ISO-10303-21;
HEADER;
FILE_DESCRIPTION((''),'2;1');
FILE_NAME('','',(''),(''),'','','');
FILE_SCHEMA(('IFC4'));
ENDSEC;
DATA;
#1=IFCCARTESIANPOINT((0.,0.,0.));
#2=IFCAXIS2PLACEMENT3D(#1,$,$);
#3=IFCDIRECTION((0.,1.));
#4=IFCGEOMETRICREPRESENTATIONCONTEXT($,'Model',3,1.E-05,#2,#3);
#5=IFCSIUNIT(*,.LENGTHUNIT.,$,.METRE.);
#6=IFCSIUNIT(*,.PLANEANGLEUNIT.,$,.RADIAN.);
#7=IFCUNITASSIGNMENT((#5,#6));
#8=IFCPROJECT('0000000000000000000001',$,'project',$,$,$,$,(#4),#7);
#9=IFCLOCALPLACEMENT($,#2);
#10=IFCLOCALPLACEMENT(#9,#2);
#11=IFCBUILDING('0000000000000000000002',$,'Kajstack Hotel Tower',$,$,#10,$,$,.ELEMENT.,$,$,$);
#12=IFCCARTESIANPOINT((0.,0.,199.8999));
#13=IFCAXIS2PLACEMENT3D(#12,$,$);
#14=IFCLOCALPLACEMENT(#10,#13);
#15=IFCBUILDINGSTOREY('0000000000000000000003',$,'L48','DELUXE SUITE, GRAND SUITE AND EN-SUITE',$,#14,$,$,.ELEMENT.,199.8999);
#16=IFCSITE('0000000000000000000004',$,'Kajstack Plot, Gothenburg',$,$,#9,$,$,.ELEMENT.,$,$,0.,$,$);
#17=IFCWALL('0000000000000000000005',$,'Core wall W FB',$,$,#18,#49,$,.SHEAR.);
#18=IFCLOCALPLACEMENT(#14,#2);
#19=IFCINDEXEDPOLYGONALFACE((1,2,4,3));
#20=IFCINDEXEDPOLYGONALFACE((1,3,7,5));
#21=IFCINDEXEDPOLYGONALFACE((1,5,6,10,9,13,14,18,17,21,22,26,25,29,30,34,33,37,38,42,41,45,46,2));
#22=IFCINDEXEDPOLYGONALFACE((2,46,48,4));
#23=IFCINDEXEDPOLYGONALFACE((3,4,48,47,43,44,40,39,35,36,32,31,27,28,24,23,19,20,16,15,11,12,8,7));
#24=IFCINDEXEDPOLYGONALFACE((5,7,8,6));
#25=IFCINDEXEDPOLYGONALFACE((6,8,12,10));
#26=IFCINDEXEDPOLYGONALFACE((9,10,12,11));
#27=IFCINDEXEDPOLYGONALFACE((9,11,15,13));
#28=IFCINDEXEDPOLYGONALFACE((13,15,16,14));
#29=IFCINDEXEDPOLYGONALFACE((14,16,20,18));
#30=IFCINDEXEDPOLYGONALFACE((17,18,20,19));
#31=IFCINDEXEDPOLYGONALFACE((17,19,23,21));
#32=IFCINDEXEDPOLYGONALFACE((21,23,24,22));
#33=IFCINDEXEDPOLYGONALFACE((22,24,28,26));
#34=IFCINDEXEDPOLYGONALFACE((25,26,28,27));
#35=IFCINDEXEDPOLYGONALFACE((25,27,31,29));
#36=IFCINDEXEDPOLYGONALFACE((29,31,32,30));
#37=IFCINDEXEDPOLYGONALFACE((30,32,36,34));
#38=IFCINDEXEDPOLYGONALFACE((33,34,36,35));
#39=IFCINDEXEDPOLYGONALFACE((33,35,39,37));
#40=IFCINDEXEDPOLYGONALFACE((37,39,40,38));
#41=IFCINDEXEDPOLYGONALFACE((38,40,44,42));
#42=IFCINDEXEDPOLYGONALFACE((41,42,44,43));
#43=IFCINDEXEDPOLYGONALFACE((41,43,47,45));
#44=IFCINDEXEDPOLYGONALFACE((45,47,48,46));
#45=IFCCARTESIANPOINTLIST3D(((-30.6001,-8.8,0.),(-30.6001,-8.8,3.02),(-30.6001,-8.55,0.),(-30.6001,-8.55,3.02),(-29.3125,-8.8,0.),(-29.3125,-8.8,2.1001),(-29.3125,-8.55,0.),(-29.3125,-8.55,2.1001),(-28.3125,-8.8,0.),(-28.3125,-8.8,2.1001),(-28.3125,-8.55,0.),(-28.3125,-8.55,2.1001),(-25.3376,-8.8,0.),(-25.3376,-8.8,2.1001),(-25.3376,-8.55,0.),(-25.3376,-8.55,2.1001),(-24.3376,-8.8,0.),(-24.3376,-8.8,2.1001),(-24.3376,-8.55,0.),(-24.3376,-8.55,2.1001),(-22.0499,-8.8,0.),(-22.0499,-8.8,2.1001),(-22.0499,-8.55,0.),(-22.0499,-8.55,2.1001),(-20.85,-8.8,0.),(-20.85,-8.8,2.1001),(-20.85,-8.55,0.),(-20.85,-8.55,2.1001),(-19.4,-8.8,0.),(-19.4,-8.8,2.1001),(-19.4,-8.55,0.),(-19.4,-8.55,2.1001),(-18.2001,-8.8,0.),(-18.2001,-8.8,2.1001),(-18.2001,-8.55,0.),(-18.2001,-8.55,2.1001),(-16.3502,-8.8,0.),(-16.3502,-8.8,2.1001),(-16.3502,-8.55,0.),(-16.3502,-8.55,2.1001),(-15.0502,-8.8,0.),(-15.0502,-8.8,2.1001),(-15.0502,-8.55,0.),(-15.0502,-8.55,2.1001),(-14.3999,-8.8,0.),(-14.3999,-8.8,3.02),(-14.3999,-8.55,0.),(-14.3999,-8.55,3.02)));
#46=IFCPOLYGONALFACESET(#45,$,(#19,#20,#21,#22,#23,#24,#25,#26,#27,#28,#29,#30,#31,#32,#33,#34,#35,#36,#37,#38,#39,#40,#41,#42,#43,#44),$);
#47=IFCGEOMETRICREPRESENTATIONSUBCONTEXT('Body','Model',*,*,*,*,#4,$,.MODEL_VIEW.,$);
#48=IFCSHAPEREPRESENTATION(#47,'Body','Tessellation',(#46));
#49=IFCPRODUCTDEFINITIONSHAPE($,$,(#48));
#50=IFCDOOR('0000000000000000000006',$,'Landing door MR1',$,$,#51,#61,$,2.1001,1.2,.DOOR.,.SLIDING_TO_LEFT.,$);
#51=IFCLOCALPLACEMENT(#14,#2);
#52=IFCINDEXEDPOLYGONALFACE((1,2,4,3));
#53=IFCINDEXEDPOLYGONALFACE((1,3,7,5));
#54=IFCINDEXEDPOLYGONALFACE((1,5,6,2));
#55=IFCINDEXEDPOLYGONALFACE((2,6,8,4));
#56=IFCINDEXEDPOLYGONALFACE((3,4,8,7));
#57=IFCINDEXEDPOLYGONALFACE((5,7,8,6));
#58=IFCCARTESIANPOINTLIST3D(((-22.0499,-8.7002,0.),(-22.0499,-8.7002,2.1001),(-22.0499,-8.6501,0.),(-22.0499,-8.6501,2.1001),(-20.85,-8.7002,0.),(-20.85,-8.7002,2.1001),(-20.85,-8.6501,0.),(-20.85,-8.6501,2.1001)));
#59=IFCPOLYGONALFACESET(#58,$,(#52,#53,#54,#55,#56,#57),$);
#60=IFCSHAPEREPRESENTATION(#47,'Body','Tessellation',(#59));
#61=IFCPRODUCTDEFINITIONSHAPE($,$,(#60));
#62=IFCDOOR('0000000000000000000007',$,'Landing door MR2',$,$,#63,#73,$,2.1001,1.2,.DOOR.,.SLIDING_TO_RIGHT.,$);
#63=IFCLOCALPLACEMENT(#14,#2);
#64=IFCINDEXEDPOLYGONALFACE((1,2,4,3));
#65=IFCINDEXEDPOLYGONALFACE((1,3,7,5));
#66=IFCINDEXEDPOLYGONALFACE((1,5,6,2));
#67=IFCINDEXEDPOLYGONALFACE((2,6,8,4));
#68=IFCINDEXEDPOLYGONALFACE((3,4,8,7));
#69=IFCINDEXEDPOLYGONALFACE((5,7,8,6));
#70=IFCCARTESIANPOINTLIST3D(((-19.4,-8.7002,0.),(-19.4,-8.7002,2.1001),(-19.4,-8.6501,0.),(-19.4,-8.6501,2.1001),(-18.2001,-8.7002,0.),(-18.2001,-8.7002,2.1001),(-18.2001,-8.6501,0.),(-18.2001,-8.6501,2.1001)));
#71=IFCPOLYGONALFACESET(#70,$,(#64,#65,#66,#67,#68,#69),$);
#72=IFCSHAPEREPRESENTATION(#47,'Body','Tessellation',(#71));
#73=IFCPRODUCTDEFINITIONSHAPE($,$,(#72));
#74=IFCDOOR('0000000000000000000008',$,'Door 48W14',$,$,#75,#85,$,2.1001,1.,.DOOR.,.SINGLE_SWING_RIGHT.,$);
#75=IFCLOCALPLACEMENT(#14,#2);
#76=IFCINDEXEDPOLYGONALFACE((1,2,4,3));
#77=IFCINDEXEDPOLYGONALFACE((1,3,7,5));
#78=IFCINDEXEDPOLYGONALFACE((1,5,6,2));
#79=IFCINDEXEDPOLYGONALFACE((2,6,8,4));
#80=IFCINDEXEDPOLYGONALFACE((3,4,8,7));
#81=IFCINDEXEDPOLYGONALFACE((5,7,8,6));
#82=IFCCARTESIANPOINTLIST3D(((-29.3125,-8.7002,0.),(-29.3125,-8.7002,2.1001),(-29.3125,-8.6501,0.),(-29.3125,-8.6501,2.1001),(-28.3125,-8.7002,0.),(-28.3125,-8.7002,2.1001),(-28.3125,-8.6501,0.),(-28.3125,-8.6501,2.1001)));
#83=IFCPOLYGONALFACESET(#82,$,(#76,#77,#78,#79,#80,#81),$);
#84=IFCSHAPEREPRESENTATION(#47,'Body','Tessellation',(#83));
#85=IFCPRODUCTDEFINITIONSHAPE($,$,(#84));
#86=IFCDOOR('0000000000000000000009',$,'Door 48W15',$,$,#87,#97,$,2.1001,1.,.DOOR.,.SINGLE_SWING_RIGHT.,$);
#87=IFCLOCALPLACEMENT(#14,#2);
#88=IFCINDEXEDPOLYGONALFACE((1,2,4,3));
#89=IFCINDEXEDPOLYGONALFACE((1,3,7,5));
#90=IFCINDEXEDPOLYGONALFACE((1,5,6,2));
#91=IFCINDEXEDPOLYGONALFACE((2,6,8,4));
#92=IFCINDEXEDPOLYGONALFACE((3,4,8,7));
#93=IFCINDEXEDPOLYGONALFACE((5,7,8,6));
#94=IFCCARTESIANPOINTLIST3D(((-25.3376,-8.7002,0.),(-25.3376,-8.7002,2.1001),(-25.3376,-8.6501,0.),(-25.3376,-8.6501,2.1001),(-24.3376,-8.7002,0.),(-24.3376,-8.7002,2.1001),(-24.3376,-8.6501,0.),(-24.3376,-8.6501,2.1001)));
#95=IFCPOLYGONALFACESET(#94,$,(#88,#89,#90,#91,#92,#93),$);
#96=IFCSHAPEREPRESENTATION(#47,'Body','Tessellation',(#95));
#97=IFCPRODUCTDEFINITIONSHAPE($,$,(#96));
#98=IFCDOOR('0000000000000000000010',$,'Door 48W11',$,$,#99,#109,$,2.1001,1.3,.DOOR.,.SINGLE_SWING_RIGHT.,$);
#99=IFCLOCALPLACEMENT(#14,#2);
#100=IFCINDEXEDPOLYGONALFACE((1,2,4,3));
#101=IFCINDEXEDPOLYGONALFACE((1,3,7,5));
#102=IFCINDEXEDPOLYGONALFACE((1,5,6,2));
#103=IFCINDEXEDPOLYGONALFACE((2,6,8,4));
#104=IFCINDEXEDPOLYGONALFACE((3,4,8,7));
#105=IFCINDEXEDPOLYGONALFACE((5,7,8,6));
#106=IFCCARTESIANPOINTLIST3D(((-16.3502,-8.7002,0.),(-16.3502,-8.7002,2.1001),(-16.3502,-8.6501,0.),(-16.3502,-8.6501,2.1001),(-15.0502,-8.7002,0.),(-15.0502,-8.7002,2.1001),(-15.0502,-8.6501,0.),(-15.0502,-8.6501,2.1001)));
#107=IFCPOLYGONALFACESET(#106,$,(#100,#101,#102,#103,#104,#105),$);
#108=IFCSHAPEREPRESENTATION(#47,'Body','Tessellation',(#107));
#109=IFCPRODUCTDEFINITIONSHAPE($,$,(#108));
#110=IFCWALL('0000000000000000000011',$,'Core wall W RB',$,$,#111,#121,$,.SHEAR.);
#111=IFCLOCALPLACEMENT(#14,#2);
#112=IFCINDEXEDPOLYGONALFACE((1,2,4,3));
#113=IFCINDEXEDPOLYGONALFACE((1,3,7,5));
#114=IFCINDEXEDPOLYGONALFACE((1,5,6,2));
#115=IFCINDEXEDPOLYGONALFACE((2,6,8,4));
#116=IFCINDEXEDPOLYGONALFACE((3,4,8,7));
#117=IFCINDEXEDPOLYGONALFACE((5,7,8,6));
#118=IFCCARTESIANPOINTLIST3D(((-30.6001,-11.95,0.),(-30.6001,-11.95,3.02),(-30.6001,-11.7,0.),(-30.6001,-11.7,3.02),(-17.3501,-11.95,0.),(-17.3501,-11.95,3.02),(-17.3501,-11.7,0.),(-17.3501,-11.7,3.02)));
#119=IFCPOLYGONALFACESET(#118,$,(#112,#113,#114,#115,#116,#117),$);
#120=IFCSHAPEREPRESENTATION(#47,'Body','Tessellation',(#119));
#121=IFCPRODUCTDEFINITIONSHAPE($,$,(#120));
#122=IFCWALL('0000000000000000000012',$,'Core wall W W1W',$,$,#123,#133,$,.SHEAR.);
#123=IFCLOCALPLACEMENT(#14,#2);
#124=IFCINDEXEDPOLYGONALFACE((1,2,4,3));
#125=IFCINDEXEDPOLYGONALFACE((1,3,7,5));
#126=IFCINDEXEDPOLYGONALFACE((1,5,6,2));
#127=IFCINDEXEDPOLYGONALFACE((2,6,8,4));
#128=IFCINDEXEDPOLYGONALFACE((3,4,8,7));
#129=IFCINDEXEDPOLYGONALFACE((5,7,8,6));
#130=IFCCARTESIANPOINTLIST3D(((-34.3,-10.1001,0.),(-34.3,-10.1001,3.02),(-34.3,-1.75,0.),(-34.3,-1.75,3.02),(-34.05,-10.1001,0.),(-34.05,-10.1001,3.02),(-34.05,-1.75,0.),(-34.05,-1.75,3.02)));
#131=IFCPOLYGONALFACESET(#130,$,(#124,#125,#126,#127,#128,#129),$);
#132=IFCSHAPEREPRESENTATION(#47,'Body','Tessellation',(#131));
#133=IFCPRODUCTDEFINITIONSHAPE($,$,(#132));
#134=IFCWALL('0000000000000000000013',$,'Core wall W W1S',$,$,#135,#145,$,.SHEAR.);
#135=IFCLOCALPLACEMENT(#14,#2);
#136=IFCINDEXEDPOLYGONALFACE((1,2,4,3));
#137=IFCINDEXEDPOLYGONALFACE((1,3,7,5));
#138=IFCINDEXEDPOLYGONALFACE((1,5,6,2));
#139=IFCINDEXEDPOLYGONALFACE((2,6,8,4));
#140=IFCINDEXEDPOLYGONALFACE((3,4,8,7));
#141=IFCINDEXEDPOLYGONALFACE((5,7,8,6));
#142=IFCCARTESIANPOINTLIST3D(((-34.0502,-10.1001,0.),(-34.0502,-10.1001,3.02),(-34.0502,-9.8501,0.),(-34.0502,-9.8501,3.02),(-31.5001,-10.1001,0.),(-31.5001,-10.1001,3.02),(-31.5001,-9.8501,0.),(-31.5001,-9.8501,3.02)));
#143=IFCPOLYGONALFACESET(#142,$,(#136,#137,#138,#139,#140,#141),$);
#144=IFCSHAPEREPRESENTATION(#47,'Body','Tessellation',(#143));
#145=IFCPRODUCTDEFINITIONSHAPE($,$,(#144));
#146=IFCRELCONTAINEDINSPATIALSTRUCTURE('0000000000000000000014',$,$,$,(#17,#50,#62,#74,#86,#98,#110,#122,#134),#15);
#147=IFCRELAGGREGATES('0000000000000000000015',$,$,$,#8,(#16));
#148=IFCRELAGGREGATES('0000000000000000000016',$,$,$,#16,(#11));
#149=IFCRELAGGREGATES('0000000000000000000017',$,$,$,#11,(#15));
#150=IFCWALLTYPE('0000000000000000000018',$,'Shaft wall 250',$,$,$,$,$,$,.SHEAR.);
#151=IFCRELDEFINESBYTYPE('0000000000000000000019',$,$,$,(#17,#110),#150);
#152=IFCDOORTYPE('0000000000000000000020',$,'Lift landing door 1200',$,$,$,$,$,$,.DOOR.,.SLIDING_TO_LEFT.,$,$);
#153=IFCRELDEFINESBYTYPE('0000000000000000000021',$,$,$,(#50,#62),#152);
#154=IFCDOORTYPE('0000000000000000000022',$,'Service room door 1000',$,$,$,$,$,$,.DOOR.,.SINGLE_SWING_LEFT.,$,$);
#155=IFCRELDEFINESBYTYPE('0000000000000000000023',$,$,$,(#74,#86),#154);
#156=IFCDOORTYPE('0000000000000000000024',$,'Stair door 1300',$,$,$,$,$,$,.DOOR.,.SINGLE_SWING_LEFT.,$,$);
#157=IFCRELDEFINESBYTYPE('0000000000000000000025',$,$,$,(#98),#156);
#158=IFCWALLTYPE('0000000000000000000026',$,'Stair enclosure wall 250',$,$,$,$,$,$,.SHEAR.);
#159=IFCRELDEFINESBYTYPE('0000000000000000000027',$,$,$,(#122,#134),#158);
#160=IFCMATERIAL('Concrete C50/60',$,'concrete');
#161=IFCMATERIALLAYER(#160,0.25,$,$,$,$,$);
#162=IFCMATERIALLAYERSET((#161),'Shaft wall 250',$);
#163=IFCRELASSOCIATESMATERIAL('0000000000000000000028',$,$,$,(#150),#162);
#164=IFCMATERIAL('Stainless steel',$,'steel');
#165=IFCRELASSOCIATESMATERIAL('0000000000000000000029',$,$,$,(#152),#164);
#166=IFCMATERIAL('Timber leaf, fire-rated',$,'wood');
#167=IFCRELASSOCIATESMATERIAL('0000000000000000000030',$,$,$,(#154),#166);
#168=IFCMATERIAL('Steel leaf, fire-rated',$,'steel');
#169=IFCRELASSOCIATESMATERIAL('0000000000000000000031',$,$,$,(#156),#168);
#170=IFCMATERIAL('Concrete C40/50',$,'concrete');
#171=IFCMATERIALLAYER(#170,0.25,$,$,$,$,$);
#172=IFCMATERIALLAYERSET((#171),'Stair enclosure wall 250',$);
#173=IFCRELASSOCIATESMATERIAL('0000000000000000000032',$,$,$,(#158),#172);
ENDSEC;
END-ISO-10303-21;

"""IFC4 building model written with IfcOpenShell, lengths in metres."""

from ifc_helpers import new_model, si_unit, direction, frame, frame_2d, origin, place, context, subcontext, project, spatial, rectangle, extrude, material, layer, layer_set, type_object, element, fill, save


model = new_model("IFC4")

# Units and contexts
model_context = context("Model", 3, precision=1e-05, world=origin(), true_north=direction((0.0, 1.0)))
body_context = subcontext(model_context, "Body", "Model", "MODEL_VIEW")
ifc_project = project(units=[si_unit("LENGTHUNIT", "METRE"), si_unit("PLANEANGLEUNIT", "RADIAN")], contexts=[model_context])

# Site, building, storey
site_placement = place(None, origin())
site = spatial("IfcSite", under=ifc_project, at=site_placement, Name="Kajstack Plot, Gothenburg", CompositionType="ELEMENT", RefElevation=0.0)
building_placement = place(site_placement, origin())
building = spatial("IfcBuilding", under=site, at=building_placement, Name="Kajstack Hotel Tower", CompositionType="ELEMENT")
storey_placement = place(building_placement, frame((0.0, 0.0, 199.8999)))
storey = spatial("IfcBuildingStorey", under=building, at=storey_placement, Name="L48", Description="DELUXE SUITE, GRAND SUITE AND EN-SUITE", CompositionType="ELEMENT", Elevation=199.8999)

# Shared definitions
ifc_material_1 = material(Name="Stainless steel", Category="steel")

# Shared definitions
ifc_material_2 = material(Name="Concrete C50/60", Category="concrete")
ifc_layer_1 = layer(ifc_material_2, 0.25)
ifc_layer_set_1 = layer_set([ifc_layer_1], Name="Shaft wall 250")
wall_type_1 = type_object("IfcWallType", Name="Shaft wall 250", PredefinedType="SHEAR", material=ifc_layer_set_1)
door_type_1 = type_object("IfcDoorType", Name="Lift landing door 1200", OperationType="SLIDING_TO_LEFT", PredefinedType="DOOR", material=ifc_material_1)

# Wall, openings, doors
wall_1_placement = place(storey_placement, frame((-30.6001, -8.675, 0.0), z_axis=(0.0, 0.0, 1.0), x_axis=(1.0, 0.0, 0.0)))
wall_1 = element("IfcWall", 1, at=wall_1_placement, inside=storey, type_object=wall_type_1, Name="Core wall W FB", PredefinedType="SHEAR", context=body_context, shape_type="SweptSolid", body=[
    extrude(rectangle(XDim=16.2002, YDim=0.25, at=frame_2d((8.1001, 0.0))), origin(), (0.0, 0.0, 1.0), 3.02),
])
opening_1_placement = place(wall_1_placement, frame((8.55, 0.0, 0.0)))
opening_1 = element("IfcOpeningElement", 2, at=opening_1_placement, cuts=wall_1, PredefinedType="OPENING", context=body_context, shape_type="SweptSolid", body=[
    extrude(rectangle(XDim=1.2, YDim=2.1001, at=frame_2d((0.6001, 1.05))), frame((0.0, 0.135, 0.0), z_axis=(0.0, -1.0, 0.0), x_axis=(1.0, 0.0, 0.0)), (0.0, 0.0, 1.0), 0.27),
])
opening_2_placement = place(wall_1_placement, frame((11.2, 0.0, 0.0)))
opening_2 = element("IfcOpeningElement", 3, at=opening_2_placement, cuts=wall_1, PredefinedType="OPENING", context=body_context, shape_type="SweptSolid", body=[
    extrude(rectangle(XDim=1.2, YDim=2.1001, at=frame_2d((0.6001, 1.05))), frame((0.0, 0.135, 0.0), z_axis=(0.0, -1.0, 0.0), x_axis=(1.0, 0.0, 0.0)), (0.0, 0.0, 1.0), 0.27),
])
opening_3_placement = place(wall_1_placement, frame((14.25, 0.0, 0.0)))
opening_3 = element("IfcOpeningElement", 4, at=opening_3_placement, cuts=wall_1, PredefinedType="OPENING", context=body_context, shape_type="SweptSolid", body=[
    extrude(rectangle(XDim=1.3, YDim=2.1001, at=frame_2d((0.6499, 1.05))), frame((0.0, 0.135, 0.0), z_axis=(0.0, -1.0, 0.0), x_axis=(1.0, 0.0, 0.0)), (0.0, 0.0, 1.0), 0.27),
])
opening_4_placement = place(wall_1_placement, frame((1.2876, 0.0, 0.0)))
opening_4 = element("IfcOpeningElement", 5, at=opening_4_placement, cuts=wall_1, PredefinedType="OPENING", context=body_context, shape_type="SweptSolid", body=[
    extrude(rectangle(XDim=1.0, YDim=2.1001, at=frame_2d((0.5, 1.05))), frame((0.0, 0.135, 0.0), z_axis=(0.0, -1.0, 0.0), x_axis=(1.0, 0.0, 0.0)), (0.0, 0.0, 1.0), 0.27),
])
opening_5_placement = place(wall_1_placement, frame((5.2625, 0.0, 0.0)))
opening_5 = element("IfcOpeningElement", 6, at=opening_5_placement, cuts=wall_1, PredefinedType="OPENING", context=body_context, shape_type="SweptSolid", body=[
    extrude(rectangle(XDim=1.0, YDim=2.1001, at=frame_2d((0.5, 1.05))), frame((0.0, 0.135, 0.0), z_axis=(0.0, -1.0, 0.0), x_axis=(1.0, 0.0, 0.0)), (0.0, 0.0, 1.0), 0.27),
])
door_1_placement = place(opening_1_placement, origin())
door_1 = element("IfcDoor", 7, at=door_1_placement, inside=storey, type_object=door_type_1, Name="Landing door MR1", OperationType="SLIDING_TO_LEFT", OverallHeight=2.1001, OverallWidth=1.2, PredefinedType="DOOR", context=body_context, shape_type="SweptSolid", body=[
    extrude(rectangle(XDim=1.2, YDim=2.1001, at=frame_2d((0.6001, 1.05))), frame((0.0, 0.0249, 0.0), z_axis=(0.0, -1.0, 0.0), x_axis=(1.0, 0.0, 0.0)), (0.0, 0.0, 1.0), 0.05),
])
fill(opening_1, door_1)
door_2_placement = place(opening_2_placement, origin())
door_2 = element("IfcDoor", 8, at=door_2_placement, inside=storey, type_object=door_type_1, Name="Landing door MR2", OperationType="SLIDING_TO_RIGHT", OverallHeight=2.1001, OverallWidth=1.2, PredefinedType="DOOR", context=body_context, shape_type="SweptSolid", body=[
    extrude(rectangle(XDim=1.2, YDim=2.1001, at=frame_2d((0.6001, 1.05))), frame((0.0, 0.0249, 0.0), z_axis=(0.0, -1.0, 0.0), x_axis=(1.0, 0.0, 0.0)), (0.0, 0.0, 1.0), 0.05),
])
fill(opening_2, door_2)
ifc_material_3 = material(Name="Timber leaf, fire-rated", Category="wood")
door_type_2 = type_object("IfcDoorType", Name="Service room door 1000", OperationType="SINGLE_SWING_LEFT", PredefinedType="DOOR", material=ifc_material_3)
door_3_placement = place(opening_4_placement, origin())
door_3 = element("IfcDoor", 9, at=door_3_placement, inside=storey, type_object=door_type_2, Name="Door 48W14", OperationType="SINGLE_SWING_RIGHT", OverallHeight=2.1001, OverallWidth=1.0, PredefinedType="DOOR", context=body_context, shape_type="SweptSolid", body=[
    extrude(rectangle(XDim=1.0, YDim=2.1001, at=frame_2d((0.5, 1.05))), frame((0.0, 0.0249, 0.0), z_axis=(0.0, -1.0, 0.0), x_axis=(1.0, 0.0, 0.0)), (0.0, 0.0, 1.0), 0.05),
])
fill(opening_4, door_3)
door_4_placement = place(opening_5_placement, origin())
door_4 = element("IfcDoor", 10, at=door_4_placement, inside=storey, type_object=door_type_2, Name="Door 48W15", OperationType="SINGLE_SWING_RIGHT", OverallHeight=2.1001, OverallWidth=1.0, PredefinedType="DOOR", context=body_context, shape_type="SweptSolid", body=[
    extrude(rectangle(XDim=1.0, YDim=2.1001, at=frame_2d((0.5, 1.05))), frame((0.0, 0.0249, 0.0), z_axis=(0.0, -1.0, 0.0), x_axis=(1.0, 0.0, 0.0)), (0.0, 0.0, 1.0), 0.05),
])
fill(opening_5, door_4)
ifc_material_4 = material(Name="Steel leaf, fire-rated", Category="steel")
door_type_3 = type_object("IfcDoorType", Name="Stair door 1300", OperationType="SINGLE_SWING_LEFT", PredefinedType="DOOR", material=ifc_material_4)
door_5_placement = place(opening_3_placement, origin())
door_5 = element("IfcDoor", 11, at=door_5_placement, inside=storey, type_object=door_type_3, Name="Door 48W11", OperationType="SINGLE_SWING_RIGHT", OverallHeight=2.1001, OverallWidth=1.3, PredefinedType="DOOR", context=body_context, shape_type="SweptSolid", body=[
    extrude(rectangle(XDim=1.3, YDim=2.1001, at=frame_2d((0.6499, 1.05))), frame((0.0, 0.0249, 0.0), z_axis=(0.0, -1.0, 0.0), x_axis=(1.0, 0.0, 0.0)), (0.0, 0.0, 1.0), 0.05),
])
fill(opening_3, door_5)

# Walls
wall_2_placement = place(storey_placement, frame((-30.6001, -11.825, 0.0), z_axis=(0.0, 0.0, 1.0), x_axis=(1.0, 0.0, 0.0)))
element("IfcWall", 12, at=wall_2_placement, inside=storey, type_object=wall_type_1, Name="Core wall W RB", PredefinedType="SHEAR", context=body_context, shape_type="SweptSolid", body=[
    extrude(rectangle(XDim=13.25, YDim=0.25, at=frame_2d((6.625, 0.0))), origin(), (0.0, 0.0, 1.0), 3.02),
])
ifc_material_5 = material(Name="Concrete C40/50", Category="concrete")
ifc_layer_2 = layer(ifc_material_5, 0.25)
ifc_layer_set_2 = layer_set([ifc_layer_2], Name="Stair enclosure wall 250")
wall_type_2 = type_object("IfcWallType", Name="Stair enclosure wall 250", PredefinedType="SHEAR", material=ifc_layer_set_2)
wall_3_placement = place(storey_placement, frame((-34.175, -10.1001, 0.0), z_axis=(0.0, 0.0, 1.0), x_axis=(0.0, 1.0, 0.0)))
element("IfcWall", 13, at=wall_3_placement, inside=storey, type_object=wall_type_2, Name="Core wall W W1W", PredefinedType="SHEAR", context=body_context, shape_type="SweptSolid", body=[
    extrude(rectangle(XDim=8.3501, YDim=0.25, at=frame_2d((4.175, 0.0))), origin(), (0.0, 0.0, 1.0), 3.02),
])
wall_4_placement = place(storey_placement, frame((-34.05, -9.9751, 0.0), z_axis=(0.0, 0.0, 1.0), x_axis=(1.0, 0.0, 0.0)))
element("IfcWall", 14, at=wall_4_placement, inside=storey, type_object=wall_type_2, Name="Core wall W W1S", PredefinedType="SHEAR", context=body_context, shape_type="SweptSolid", body=[
    extrude(rectangle(XDim=2.55, YDim=0.25, at=frame_2d((1.2749, 0.0))), origin(), (0.0, 0.0, 1.0), 3.02),
])

save(model, "model.ifc")
